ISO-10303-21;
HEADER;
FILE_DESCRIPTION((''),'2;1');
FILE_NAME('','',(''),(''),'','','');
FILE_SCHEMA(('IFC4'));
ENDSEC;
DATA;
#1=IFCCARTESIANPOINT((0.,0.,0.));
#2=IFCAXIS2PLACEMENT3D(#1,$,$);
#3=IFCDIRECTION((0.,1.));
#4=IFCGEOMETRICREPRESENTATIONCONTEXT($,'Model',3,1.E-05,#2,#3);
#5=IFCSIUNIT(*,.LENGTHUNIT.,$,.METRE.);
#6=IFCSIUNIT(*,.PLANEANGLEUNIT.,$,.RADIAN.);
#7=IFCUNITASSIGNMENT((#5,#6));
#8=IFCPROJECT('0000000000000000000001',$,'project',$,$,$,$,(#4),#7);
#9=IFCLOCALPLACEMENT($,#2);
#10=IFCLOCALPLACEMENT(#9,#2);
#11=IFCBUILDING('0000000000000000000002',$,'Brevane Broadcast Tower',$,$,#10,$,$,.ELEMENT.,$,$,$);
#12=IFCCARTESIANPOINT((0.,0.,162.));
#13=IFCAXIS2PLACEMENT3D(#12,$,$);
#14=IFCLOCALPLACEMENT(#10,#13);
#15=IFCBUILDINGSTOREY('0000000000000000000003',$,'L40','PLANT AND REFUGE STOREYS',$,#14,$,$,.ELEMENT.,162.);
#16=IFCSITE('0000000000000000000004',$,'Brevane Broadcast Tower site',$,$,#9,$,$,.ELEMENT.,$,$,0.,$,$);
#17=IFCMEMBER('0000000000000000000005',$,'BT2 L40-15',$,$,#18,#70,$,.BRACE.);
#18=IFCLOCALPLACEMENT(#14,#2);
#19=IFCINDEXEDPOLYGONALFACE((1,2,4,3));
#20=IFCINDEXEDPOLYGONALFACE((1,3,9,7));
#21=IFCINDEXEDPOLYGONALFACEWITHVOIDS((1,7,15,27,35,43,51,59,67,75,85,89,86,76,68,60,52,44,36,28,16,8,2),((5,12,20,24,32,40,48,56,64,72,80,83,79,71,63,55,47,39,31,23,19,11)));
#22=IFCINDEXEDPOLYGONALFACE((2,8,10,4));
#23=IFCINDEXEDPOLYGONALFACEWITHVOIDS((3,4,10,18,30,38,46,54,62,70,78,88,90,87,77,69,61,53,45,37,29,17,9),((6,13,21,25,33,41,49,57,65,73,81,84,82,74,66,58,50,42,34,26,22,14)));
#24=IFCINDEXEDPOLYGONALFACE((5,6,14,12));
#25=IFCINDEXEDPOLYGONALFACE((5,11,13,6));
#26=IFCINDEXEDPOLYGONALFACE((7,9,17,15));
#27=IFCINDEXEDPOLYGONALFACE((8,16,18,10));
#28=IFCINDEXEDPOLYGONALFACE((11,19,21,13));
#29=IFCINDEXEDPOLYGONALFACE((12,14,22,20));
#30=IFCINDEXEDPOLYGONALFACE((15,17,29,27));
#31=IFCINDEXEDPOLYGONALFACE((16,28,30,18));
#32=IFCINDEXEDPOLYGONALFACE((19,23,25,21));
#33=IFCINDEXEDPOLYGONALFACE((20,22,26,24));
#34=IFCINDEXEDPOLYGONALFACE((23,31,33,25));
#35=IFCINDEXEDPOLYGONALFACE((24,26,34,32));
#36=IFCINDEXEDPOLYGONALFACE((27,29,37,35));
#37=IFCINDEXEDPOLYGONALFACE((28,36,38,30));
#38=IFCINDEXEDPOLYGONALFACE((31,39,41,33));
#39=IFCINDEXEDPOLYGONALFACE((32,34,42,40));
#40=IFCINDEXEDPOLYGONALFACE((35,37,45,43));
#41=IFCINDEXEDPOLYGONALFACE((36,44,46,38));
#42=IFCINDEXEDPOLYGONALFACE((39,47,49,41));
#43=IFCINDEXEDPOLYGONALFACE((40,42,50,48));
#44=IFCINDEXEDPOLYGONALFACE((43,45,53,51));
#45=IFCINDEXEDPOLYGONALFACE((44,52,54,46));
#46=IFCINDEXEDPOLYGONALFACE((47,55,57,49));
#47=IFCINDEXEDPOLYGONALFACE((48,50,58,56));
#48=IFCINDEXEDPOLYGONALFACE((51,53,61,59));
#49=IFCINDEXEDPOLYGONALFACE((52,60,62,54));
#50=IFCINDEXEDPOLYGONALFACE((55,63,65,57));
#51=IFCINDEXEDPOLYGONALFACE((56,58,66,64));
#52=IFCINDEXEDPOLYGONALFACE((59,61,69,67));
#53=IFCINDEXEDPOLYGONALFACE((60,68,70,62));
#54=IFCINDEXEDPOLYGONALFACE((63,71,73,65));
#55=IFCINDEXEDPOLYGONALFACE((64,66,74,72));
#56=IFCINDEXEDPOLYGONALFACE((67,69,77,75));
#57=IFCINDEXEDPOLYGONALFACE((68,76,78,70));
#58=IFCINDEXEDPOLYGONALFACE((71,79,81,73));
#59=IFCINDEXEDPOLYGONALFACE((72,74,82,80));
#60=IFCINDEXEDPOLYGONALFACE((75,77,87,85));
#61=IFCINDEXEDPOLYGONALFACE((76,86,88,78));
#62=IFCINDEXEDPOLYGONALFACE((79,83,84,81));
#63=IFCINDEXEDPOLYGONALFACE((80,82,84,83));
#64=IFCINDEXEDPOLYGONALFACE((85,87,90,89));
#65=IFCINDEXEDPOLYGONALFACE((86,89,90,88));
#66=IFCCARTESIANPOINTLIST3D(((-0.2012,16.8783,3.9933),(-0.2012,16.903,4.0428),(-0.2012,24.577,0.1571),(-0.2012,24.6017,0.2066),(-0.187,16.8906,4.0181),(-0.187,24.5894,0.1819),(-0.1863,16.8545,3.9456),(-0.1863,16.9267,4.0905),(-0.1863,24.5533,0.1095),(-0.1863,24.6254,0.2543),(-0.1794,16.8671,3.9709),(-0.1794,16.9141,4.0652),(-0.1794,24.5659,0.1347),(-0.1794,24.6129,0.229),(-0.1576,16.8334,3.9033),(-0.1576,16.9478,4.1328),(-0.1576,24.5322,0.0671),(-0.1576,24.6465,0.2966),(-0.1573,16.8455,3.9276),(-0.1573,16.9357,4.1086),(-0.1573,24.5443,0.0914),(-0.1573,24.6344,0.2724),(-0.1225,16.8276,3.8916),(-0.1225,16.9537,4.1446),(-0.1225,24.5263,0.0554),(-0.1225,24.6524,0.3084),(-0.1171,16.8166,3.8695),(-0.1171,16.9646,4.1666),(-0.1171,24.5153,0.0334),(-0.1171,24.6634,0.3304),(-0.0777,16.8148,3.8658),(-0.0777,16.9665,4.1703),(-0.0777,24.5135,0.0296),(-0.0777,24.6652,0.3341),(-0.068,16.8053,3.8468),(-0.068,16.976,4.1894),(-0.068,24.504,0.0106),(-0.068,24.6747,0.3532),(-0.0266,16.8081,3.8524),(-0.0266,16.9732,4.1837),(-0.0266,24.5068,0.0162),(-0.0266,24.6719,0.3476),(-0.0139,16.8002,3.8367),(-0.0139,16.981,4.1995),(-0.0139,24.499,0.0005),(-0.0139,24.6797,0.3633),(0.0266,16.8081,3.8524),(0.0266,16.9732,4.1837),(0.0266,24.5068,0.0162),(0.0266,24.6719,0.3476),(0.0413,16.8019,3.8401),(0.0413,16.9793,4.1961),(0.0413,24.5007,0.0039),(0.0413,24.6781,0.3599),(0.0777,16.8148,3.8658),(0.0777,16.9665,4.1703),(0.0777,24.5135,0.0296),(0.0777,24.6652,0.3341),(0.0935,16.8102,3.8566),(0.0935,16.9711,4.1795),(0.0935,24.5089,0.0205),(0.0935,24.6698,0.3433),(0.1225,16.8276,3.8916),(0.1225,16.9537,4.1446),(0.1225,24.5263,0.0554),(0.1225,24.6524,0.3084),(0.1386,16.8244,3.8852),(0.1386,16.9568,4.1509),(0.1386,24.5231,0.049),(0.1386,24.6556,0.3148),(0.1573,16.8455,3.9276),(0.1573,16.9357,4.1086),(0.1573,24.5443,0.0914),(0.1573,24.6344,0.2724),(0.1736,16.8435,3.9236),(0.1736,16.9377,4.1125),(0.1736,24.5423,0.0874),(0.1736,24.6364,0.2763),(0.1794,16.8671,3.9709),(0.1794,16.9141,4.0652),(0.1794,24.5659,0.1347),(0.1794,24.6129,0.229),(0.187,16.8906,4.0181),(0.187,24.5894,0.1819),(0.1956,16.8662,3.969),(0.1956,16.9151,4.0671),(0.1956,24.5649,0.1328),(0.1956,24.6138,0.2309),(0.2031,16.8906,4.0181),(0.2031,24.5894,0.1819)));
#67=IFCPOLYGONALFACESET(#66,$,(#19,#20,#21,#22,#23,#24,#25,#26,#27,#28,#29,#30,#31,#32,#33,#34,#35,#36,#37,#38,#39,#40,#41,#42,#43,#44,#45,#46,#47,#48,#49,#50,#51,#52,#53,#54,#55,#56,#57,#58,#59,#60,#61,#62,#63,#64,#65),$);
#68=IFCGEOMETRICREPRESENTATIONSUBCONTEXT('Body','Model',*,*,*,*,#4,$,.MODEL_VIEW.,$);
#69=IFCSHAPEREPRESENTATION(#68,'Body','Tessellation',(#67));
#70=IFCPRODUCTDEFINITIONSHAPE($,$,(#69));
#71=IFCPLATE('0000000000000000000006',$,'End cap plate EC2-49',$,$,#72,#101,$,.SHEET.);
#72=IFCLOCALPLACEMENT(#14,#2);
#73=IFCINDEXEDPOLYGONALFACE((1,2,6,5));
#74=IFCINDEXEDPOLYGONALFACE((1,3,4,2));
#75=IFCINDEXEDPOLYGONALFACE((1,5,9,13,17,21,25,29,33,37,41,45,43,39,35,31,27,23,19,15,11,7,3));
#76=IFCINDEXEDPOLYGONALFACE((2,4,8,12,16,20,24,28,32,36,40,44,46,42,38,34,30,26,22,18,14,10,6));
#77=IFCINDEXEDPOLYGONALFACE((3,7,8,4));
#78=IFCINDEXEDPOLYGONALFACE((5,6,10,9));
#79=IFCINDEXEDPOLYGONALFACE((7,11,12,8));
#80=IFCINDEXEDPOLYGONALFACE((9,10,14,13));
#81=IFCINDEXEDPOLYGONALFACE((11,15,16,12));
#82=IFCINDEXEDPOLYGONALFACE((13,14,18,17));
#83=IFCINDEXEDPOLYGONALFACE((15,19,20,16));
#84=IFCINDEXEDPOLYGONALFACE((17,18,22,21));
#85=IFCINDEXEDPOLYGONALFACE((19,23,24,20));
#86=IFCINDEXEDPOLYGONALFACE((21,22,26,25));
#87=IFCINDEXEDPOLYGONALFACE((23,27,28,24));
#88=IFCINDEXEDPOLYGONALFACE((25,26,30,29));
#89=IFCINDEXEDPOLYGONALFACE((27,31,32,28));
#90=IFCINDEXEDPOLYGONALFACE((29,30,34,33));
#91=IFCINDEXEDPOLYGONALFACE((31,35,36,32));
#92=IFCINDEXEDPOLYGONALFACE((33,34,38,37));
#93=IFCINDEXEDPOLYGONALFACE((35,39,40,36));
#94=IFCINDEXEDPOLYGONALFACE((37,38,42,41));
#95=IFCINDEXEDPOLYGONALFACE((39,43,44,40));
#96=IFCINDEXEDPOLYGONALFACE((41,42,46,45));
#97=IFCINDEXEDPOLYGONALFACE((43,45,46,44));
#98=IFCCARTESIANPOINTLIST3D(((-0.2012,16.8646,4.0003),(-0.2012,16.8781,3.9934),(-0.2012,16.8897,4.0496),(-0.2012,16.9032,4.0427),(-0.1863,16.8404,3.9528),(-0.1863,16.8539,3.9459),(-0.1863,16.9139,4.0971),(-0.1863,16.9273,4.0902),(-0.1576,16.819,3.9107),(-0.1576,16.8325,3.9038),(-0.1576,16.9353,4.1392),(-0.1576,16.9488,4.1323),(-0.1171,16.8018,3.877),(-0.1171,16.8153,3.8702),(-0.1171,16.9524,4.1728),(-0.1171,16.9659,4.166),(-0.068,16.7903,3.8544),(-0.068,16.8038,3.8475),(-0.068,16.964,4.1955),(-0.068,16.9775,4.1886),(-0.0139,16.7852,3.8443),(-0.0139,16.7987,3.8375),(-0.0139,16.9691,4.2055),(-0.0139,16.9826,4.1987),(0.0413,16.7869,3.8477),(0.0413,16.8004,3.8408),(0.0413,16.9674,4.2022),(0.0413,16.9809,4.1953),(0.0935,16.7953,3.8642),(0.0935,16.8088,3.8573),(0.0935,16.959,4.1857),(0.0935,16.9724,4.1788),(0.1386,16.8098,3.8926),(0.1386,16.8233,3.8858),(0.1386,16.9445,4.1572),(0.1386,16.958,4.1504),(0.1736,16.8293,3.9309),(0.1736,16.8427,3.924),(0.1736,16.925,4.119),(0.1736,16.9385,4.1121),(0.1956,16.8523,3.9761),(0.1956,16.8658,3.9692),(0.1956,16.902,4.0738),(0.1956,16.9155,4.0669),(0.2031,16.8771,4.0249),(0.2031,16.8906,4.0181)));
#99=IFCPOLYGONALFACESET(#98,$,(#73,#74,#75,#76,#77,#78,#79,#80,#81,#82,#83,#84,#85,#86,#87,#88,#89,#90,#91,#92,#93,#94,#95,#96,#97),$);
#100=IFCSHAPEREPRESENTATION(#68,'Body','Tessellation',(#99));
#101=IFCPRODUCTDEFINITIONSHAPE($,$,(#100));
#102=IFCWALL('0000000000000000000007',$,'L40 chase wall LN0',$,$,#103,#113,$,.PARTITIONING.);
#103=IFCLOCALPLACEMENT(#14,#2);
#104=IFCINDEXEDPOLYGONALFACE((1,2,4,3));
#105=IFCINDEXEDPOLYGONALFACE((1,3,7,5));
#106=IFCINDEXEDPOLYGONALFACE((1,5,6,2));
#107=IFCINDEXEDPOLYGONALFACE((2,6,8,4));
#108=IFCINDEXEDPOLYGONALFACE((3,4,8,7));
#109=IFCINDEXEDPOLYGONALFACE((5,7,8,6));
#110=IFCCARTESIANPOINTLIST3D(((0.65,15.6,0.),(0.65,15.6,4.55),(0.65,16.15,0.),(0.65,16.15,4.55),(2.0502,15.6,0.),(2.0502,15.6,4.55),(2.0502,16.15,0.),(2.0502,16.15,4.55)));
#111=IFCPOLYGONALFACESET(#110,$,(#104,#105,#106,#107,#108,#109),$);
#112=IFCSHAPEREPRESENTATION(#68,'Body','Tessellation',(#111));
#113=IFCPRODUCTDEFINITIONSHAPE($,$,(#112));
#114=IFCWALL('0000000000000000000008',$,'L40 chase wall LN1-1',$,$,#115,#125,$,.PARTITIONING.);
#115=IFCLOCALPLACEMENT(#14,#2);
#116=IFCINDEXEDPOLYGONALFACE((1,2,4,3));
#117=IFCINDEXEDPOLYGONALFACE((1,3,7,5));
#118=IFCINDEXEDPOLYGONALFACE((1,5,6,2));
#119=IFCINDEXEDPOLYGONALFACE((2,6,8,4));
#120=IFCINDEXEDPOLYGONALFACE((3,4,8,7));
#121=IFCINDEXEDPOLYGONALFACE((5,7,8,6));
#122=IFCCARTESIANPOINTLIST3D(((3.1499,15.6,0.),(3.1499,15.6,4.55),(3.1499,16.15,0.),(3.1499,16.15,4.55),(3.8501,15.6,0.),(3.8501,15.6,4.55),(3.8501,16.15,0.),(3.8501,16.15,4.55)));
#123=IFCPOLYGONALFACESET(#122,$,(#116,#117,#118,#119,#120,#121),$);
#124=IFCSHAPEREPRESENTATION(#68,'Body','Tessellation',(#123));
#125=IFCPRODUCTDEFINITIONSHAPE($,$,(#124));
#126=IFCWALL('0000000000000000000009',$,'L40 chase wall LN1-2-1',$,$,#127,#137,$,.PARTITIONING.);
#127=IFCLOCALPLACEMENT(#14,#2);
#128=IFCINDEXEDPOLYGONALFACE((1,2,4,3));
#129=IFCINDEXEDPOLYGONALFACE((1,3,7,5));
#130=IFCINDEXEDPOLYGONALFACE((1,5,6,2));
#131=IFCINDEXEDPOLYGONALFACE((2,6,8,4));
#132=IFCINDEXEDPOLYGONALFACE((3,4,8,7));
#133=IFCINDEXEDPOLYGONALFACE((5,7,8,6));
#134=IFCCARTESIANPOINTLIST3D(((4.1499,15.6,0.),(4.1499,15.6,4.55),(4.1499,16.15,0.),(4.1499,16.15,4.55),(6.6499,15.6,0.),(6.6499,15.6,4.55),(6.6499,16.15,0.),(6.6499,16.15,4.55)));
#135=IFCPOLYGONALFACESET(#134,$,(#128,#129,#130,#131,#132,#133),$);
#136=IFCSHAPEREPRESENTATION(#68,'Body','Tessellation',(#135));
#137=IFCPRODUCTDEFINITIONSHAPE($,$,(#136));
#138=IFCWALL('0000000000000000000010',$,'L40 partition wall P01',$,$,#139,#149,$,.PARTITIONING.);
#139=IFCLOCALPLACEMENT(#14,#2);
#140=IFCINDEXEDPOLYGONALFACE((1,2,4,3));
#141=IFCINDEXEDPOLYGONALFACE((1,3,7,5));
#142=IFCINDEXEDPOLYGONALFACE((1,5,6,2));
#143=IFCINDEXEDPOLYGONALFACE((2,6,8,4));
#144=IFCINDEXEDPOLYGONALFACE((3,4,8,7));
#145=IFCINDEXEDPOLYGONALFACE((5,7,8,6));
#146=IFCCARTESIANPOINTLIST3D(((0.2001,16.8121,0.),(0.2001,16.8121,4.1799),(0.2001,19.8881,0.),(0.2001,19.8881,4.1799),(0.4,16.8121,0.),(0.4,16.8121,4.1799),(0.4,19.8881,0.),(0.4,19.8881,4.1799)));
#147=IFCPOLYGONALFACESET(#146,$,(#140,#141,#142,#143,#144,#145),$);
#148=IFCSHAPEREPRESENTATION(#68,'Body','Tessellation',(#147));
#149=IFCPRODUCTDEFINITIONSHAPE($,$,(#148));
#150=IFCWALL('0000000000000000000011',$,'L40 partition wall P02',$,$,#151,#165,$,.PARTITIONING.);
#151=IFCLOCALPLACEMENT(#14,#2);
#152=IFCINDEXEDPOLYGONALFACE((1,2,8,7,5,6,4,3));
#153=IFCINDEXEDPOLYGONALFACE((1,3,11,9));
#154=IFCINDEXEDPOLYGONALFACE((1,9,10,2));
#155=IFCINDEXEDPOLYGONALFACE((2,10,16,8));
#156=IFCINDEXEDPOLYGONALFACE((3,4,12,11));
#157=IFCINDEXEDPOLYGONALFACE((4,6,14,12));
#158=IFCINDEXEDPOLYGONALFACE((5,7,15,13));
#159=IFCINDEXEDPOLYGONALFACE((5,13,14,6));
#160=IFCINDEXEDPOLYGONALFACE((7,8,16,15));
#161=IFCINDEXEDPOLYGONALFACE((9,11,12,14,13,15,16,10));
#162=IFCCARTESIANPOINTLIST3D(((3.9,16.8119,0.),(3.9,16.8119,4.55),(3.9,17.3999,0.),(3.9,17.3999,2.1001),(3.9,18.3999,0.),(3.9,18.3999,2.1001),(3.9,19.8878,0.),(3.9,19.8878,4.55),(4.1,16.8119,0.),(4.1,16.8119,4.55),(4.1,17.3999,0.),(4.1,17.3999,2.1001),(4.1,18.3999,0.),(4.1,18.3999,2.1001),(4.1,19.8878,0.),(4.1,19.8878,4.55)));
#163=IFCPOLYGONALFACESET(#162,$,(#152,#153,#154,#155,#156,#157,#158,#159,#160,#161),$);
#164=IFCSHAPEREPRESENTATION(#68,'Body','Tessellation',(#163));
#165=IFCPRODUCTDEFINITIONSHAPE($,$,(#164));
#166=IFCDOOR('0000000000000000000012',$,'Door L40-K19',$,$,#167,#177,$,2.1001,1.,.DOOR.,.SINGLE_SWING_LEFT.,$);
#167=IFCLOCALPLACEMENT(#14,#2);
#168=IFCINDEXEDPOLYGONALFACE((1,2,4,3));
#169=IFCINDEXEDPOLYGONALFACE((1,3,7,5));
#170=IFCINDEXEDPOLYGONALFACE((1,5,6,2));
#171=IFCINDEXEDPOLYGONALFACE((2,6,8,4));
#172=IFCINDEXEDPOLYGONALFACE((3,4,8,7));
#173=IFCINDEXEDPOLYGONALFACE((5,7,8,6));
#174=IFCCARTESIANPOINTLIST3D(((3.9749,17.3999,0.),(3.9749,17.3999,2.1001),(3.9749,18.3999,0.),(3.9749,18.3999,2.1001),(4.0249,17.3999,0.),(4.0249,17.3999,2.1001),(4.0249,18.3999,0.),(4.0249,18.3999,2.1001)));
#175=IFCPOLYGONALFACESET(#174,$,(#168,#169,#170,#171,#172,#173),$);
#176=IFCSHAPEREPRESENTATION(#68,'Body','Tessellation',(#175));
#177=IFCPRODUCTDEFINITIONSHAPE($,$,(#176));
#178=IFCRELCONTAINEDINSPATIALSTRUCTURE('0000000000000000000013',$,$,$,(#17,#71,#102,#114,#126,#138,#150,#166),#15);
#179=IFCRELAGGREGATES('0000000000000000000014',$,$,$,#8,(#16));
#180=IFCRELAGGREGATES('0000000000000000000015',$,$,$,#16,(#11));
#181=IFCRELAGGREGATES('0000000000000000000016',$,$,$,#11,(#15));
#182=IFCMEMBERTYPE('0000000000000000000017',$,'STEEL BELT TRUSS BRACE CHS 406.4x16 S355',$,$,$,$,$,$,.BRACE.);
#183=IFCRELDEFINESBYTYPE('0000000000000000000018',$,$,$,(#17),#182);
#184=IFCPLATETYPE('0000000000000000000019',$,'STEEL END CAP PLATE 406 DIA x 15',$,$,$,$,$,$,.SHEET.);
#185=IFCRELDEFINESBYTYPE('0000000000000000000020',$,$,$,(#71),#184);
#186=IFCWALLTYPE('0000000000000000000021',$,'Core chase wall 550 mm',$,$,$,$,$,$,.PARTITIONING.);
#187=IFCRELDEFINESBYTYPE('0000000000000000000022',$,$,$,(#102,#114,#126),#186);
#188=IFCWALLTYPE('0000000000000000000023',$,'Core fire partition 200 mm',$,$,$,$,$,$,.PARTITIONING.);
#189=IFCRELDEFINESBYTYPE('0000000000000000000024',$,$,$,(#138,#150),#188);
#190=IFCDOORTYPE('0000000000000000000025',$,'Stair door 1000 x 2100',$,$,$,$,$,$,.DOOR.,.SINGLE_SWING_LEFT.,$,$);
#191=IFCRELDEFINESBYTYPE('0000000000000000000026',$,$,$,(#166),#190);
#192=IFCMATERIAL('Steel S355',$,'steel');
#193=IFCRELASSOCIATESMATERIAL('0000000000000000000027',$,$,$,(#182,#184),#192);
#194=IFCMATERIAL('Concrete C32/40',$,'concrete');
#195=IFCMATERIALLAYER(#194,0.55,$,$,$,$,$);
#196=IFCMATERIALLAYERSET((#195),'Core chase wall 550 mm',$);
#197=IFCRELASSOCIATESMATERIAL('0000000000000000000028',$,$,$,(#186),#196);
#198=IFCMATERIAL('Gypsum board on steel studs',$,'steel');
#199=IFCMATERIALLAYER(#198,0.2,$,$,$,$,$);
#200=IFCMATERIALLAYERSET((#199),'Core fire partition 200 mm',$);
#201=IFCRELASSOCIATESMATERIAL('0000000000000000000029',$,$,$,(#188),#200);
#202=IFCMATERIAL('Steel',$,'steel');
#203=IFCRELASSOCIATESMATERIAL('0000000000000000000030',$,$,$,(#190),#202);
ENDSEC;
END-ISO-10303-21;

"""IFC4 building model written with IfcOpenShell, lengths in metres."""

from ifc_helpers import new_model, si_unit, direction, frame, frame_2d, origin, origin_2d, place, context, subcontext, project, spatial, rectangle, circle, hollow_circle, extrude, material, layer, layer_set, material_profile, profile_set, type_object, element, fill, save


model = new_model("IFC4")

# Units and contexts
model_context = context("Model", 3, precision=1e-05, world=origin(), true_north=direction((0.0, 1.0)))
body_context = subcontext(model_context, "Body", "Model", "MODEL_VIEW")
ifc_project = project(units=[si_unit("LENGTHUNIT", "METRE"), si_unit("PLANEANGLEUNIT", "RADIAN")], contexts=[model_context])

# Site, building, storey
site_placement = place(None, origin())
site = spatial("IfcSite", under=ifc_project, at=site_placement, Name="Brevane Broadcast Tower site", CompositionType="ELEMENT", RefElevation=0.0)
building_placement = place(site_placement, origin())
building = spatial("IfcBuilding", under=site, at=building_placement, Name="Brevane Broadcast Tower", CompositionType="ELEMENT")
storey_placement = place(building_placement, frame((0.0, 0.0, 162.0)))
storey = spatial("IfcBuildingStorey", under=building, at=storey_placement, Name="L40", Description="PLANT AND REFUGE STOREYS", CompositionType="ELEMENT", Elevation=162.0)

# Member
ifc_material_1 = material(Name="Steel S355", Category="steel")
ifc_material_profile_1 = material_profile(ifc_material_1, hollow_circle(Radius=0.2031, WallThickness=0.0161, at=origin_2d()), Name="CHS 406.4x16")
ifc_profile_set_1 = profile_set([ifc_material_profile_1], Name="Steel S355")
member_type_1 = type_object("IfcMemberType", Name="STEEL BELT TRUSS BRACE CHS 406.4x16 S355", PredefinedType="BRACE", material=ifc_profile_set_1)
member_1_placement = place(storey_placement, frame((0.0, 24.5894, 0.1819), z_axis=(0.0, -0.895039, 0.445987), x_axis=(1.0, 0.0, 0.0)))
element("IfcMember", 1, at=member_1_placement, inside=storey, type_object=member_type_1, Name="BT2 L40-15", PredefinedType="BRACE", context=body_context, shape_type="SweptSolid", body=[
    extrude(hollow_circle(Radius=0.2031, WallThickness=0.0161, at=origin_2d()), origin(), (0.0, 0.0, 1.0), 8.6016),
])

# Plate
ifc_material_profile_2 = material_profile(ifc_material_1, circle(Radius=0.2031, at=origin_2d()), Name="PL 406 DIA x 15")
ifc_profile_set_2 = profile_set([ifc_material_profile_2], Name="Steel S355")
plate_type = type_object("IfcPlateType", Name="STEEL END CAP PLATE 406 DIA x 15", PredefinedType="SHEET", material=ifc_profile_set_2)
plate_placement = place(storey_placement, frame((0.0, 16.8906, 4.0181), z_axis=(0.0, -0.891163, 0.453683), x_axis=(1.0, 0.0, 0.0)))
element("IfcPlate", 2, at=plate_placement, inside=storey, type_object=plate_type, Name="End cap plate EC2-49", PredefinedType="SHEET", context=body_context, shape_type="SweptSolid", body=[
    extrude(circle(Radius=0.2031, at=origin_2d()), origin(), (0.0, 0.0, 1.0), 0.0151),
])

# Walls
ifc_material_2 = material(Name="Concrete C32/40", Category="concrete")
ifc_layer_1 = layer(ifc_material_2, 0.55)
ifc_layer_set_1 = layer_set([ifc_layer_1], Name="Core chase wall 550 mm")
wall_type_1 = type_object("IfcWallType", Name="Core chase wall 550 mm", PredefinedType="PARTITIONING", material=ifc_layer_set_1)
wall_1_placement = place(storey_placement, frame((0.6499, 15.875, 0.0), z_axis=(0.0, 0.0, 1.0), x_axis=(1.0, 0.0, 0.0)))
element("IfcWall", 3, at=wall_1_placement, inside=storey, type_object=wall_type_1, Name="L40 chase wall LN0", PredefinedType="PARTITIONING", context=body_context, shape_type="SweptSolid", body=[
    extrude(rectangle(XDim=1.4001, YDim=0.55, at=frame_2d((0.7002, 0.0))), origin(), (0.0, 0.0, 1.0), 4.55),
])
wall_2_placement = place(storey_placement, frame((3.1499, 15.875, 0.0), z_axis=(0.0, 0.0, 1.0), x_axis=(1.0, 0.0, 0.0)))
element("IfcWall", 4, at=wall_2_placement, inside=storey, type_object=wall_type_1, Name="L40 chase wall LN1-1", PredefinedType="PARTITIONING", context=body_context, shape_type="SweptSolid", body=[
    extrude(rectangle(XDim=0.7002, YDim=0.55, at=frame_2d((0.3501, 0.0))), origin(), (0.0, 0.0, 1.0), 4.55),
])
wall_3_placement = place(storey_placement, frame((4.1499, 15.875, 0.0), z_axis=(0.0, 0.0, 1.0), x_axis=(1.0, 0.0, 0.0)))
element("IfcWall", 5, at=wall_3_placement, inside=storey, type_object=wall_type_1, Name="L40 chase wall LN1-2-1", PredefinedType="PARTITIONING", context=body_context, shape_type="SweptSolid", body=[
    extrude(rectangle(XDim=2.5, YDim=0.55, at=frame_2d((1.25, 0.0))), origin(), (0.0, 0.0, 1.0), 4.55),
])
ifc_material_3 = material(Name="Gypsum board on steel studs", Category="steel")
ifc_layer_2 = layer(ifc_material_3, 0.2)
ifc_layer_set_2 = layer_set([ifc_layer_2], Name="Core fire partition 200 mm")
wall_type_2 = type_object("IfcWallType", Name="Core fire partition 200 mm", PredefinedType="PARTITIONING", material=ifc_layer_set_2)
wall_4_placement = place(storey_placement, frame((0.3, 16.812, 0.0), z_axis=(0.0, 0.0, 1.0), x_axis=(0.0, 1.0, 0.0)))
element("IfcWall", 6, at=wall_4_placement, inside=storey, type_object=wall_type_2, Name="L40 partition wall P01", PredefinedType="PARTITIONING", context=body_context, shape_type="SweptSolid", body=[
    extrude(rectangle(XDim=3.0759, YDim=0.2, at=frame_2d((1.5381, 0.0))), origin(), (0.0, 0.0, 1.0), 4.1799),
])

# Wall, opening, door
wall_5_placement = place(storey_placement, frame((4.0, 19.8879, 0.0), z_axis=(0.0, 0.0, 1.0), x_axis=(0.0, -1.0, 0.0)))
wall_5 = element("IfcWall", 7, at=wall_5_placement, inside=storey, type_object=wall_type_2, Name="L40 partition wall P02", PredefinedType="PARTITIONING", context=body_context, shape_type="SweptSolid", body=[
    extrude(rectangle(XDim=3.0759, YDim=0.2, at=frame_2d((1.5381, 0.0))), origin(), (0.0, 0.0, 1.0), 4.55),
])
opening_1_placement = place(wall_5_placement, frame((1.488, 0.0, 0.0)))
opening_1 = element("IfcOpeningElement", 8, at=opening_1_placement, cuts=wall_5, PredefinedType="OPENING", context=body_context, shape_type="SweptSolid", body=[
    extrude(rectangle(XDim=1.0, YDim=2.1001, at=frame_2d((0.5, 1.05))), frame((0.0, 0.1099, 0.0), z_axis=(0.0, -1.0, 0.0), x_axis=(1.0, 0.0, 0.0)), (0.0, 0.0, 1.0), 0.22),
])
ifc_material_4 = material(Name="Steel", Category="steel")
door_type_1 = type_object("IfcDoorType", Name="Stair door 1000 x 2100", OperationType="SINGLE_SWING_LEFT", PredefinedType="DOOR", material=ifc_material_4)
door_1_placement = place(opening_1_placement, origin())
door_1 = element("IfcDoor", 9, at=door_1_placement, inside=storey, type_object=door_type_1, Name="Door L40-K19", OperationType="SINGLE_SWING_LEFT", OverallHeight=2.1001, OverallWidth=1.0, PredefinedType="DOOR", context=body_context, shape_type="SweptSolid", body=[
    extrude(rectangle(XDim=1.0, YDim=2.1001, at=frame_2d((0.5, 1.05))), frame((0.0, 0.0249, 0.0), z_axis=(0.0, -1.0, 0.0), x_axis=(1.0, 0.0, 0.0)), (0.0, 0.0, 1.0), 0.05),
])
fill(opening_1, door_1)

save(model, "model.ifc")
